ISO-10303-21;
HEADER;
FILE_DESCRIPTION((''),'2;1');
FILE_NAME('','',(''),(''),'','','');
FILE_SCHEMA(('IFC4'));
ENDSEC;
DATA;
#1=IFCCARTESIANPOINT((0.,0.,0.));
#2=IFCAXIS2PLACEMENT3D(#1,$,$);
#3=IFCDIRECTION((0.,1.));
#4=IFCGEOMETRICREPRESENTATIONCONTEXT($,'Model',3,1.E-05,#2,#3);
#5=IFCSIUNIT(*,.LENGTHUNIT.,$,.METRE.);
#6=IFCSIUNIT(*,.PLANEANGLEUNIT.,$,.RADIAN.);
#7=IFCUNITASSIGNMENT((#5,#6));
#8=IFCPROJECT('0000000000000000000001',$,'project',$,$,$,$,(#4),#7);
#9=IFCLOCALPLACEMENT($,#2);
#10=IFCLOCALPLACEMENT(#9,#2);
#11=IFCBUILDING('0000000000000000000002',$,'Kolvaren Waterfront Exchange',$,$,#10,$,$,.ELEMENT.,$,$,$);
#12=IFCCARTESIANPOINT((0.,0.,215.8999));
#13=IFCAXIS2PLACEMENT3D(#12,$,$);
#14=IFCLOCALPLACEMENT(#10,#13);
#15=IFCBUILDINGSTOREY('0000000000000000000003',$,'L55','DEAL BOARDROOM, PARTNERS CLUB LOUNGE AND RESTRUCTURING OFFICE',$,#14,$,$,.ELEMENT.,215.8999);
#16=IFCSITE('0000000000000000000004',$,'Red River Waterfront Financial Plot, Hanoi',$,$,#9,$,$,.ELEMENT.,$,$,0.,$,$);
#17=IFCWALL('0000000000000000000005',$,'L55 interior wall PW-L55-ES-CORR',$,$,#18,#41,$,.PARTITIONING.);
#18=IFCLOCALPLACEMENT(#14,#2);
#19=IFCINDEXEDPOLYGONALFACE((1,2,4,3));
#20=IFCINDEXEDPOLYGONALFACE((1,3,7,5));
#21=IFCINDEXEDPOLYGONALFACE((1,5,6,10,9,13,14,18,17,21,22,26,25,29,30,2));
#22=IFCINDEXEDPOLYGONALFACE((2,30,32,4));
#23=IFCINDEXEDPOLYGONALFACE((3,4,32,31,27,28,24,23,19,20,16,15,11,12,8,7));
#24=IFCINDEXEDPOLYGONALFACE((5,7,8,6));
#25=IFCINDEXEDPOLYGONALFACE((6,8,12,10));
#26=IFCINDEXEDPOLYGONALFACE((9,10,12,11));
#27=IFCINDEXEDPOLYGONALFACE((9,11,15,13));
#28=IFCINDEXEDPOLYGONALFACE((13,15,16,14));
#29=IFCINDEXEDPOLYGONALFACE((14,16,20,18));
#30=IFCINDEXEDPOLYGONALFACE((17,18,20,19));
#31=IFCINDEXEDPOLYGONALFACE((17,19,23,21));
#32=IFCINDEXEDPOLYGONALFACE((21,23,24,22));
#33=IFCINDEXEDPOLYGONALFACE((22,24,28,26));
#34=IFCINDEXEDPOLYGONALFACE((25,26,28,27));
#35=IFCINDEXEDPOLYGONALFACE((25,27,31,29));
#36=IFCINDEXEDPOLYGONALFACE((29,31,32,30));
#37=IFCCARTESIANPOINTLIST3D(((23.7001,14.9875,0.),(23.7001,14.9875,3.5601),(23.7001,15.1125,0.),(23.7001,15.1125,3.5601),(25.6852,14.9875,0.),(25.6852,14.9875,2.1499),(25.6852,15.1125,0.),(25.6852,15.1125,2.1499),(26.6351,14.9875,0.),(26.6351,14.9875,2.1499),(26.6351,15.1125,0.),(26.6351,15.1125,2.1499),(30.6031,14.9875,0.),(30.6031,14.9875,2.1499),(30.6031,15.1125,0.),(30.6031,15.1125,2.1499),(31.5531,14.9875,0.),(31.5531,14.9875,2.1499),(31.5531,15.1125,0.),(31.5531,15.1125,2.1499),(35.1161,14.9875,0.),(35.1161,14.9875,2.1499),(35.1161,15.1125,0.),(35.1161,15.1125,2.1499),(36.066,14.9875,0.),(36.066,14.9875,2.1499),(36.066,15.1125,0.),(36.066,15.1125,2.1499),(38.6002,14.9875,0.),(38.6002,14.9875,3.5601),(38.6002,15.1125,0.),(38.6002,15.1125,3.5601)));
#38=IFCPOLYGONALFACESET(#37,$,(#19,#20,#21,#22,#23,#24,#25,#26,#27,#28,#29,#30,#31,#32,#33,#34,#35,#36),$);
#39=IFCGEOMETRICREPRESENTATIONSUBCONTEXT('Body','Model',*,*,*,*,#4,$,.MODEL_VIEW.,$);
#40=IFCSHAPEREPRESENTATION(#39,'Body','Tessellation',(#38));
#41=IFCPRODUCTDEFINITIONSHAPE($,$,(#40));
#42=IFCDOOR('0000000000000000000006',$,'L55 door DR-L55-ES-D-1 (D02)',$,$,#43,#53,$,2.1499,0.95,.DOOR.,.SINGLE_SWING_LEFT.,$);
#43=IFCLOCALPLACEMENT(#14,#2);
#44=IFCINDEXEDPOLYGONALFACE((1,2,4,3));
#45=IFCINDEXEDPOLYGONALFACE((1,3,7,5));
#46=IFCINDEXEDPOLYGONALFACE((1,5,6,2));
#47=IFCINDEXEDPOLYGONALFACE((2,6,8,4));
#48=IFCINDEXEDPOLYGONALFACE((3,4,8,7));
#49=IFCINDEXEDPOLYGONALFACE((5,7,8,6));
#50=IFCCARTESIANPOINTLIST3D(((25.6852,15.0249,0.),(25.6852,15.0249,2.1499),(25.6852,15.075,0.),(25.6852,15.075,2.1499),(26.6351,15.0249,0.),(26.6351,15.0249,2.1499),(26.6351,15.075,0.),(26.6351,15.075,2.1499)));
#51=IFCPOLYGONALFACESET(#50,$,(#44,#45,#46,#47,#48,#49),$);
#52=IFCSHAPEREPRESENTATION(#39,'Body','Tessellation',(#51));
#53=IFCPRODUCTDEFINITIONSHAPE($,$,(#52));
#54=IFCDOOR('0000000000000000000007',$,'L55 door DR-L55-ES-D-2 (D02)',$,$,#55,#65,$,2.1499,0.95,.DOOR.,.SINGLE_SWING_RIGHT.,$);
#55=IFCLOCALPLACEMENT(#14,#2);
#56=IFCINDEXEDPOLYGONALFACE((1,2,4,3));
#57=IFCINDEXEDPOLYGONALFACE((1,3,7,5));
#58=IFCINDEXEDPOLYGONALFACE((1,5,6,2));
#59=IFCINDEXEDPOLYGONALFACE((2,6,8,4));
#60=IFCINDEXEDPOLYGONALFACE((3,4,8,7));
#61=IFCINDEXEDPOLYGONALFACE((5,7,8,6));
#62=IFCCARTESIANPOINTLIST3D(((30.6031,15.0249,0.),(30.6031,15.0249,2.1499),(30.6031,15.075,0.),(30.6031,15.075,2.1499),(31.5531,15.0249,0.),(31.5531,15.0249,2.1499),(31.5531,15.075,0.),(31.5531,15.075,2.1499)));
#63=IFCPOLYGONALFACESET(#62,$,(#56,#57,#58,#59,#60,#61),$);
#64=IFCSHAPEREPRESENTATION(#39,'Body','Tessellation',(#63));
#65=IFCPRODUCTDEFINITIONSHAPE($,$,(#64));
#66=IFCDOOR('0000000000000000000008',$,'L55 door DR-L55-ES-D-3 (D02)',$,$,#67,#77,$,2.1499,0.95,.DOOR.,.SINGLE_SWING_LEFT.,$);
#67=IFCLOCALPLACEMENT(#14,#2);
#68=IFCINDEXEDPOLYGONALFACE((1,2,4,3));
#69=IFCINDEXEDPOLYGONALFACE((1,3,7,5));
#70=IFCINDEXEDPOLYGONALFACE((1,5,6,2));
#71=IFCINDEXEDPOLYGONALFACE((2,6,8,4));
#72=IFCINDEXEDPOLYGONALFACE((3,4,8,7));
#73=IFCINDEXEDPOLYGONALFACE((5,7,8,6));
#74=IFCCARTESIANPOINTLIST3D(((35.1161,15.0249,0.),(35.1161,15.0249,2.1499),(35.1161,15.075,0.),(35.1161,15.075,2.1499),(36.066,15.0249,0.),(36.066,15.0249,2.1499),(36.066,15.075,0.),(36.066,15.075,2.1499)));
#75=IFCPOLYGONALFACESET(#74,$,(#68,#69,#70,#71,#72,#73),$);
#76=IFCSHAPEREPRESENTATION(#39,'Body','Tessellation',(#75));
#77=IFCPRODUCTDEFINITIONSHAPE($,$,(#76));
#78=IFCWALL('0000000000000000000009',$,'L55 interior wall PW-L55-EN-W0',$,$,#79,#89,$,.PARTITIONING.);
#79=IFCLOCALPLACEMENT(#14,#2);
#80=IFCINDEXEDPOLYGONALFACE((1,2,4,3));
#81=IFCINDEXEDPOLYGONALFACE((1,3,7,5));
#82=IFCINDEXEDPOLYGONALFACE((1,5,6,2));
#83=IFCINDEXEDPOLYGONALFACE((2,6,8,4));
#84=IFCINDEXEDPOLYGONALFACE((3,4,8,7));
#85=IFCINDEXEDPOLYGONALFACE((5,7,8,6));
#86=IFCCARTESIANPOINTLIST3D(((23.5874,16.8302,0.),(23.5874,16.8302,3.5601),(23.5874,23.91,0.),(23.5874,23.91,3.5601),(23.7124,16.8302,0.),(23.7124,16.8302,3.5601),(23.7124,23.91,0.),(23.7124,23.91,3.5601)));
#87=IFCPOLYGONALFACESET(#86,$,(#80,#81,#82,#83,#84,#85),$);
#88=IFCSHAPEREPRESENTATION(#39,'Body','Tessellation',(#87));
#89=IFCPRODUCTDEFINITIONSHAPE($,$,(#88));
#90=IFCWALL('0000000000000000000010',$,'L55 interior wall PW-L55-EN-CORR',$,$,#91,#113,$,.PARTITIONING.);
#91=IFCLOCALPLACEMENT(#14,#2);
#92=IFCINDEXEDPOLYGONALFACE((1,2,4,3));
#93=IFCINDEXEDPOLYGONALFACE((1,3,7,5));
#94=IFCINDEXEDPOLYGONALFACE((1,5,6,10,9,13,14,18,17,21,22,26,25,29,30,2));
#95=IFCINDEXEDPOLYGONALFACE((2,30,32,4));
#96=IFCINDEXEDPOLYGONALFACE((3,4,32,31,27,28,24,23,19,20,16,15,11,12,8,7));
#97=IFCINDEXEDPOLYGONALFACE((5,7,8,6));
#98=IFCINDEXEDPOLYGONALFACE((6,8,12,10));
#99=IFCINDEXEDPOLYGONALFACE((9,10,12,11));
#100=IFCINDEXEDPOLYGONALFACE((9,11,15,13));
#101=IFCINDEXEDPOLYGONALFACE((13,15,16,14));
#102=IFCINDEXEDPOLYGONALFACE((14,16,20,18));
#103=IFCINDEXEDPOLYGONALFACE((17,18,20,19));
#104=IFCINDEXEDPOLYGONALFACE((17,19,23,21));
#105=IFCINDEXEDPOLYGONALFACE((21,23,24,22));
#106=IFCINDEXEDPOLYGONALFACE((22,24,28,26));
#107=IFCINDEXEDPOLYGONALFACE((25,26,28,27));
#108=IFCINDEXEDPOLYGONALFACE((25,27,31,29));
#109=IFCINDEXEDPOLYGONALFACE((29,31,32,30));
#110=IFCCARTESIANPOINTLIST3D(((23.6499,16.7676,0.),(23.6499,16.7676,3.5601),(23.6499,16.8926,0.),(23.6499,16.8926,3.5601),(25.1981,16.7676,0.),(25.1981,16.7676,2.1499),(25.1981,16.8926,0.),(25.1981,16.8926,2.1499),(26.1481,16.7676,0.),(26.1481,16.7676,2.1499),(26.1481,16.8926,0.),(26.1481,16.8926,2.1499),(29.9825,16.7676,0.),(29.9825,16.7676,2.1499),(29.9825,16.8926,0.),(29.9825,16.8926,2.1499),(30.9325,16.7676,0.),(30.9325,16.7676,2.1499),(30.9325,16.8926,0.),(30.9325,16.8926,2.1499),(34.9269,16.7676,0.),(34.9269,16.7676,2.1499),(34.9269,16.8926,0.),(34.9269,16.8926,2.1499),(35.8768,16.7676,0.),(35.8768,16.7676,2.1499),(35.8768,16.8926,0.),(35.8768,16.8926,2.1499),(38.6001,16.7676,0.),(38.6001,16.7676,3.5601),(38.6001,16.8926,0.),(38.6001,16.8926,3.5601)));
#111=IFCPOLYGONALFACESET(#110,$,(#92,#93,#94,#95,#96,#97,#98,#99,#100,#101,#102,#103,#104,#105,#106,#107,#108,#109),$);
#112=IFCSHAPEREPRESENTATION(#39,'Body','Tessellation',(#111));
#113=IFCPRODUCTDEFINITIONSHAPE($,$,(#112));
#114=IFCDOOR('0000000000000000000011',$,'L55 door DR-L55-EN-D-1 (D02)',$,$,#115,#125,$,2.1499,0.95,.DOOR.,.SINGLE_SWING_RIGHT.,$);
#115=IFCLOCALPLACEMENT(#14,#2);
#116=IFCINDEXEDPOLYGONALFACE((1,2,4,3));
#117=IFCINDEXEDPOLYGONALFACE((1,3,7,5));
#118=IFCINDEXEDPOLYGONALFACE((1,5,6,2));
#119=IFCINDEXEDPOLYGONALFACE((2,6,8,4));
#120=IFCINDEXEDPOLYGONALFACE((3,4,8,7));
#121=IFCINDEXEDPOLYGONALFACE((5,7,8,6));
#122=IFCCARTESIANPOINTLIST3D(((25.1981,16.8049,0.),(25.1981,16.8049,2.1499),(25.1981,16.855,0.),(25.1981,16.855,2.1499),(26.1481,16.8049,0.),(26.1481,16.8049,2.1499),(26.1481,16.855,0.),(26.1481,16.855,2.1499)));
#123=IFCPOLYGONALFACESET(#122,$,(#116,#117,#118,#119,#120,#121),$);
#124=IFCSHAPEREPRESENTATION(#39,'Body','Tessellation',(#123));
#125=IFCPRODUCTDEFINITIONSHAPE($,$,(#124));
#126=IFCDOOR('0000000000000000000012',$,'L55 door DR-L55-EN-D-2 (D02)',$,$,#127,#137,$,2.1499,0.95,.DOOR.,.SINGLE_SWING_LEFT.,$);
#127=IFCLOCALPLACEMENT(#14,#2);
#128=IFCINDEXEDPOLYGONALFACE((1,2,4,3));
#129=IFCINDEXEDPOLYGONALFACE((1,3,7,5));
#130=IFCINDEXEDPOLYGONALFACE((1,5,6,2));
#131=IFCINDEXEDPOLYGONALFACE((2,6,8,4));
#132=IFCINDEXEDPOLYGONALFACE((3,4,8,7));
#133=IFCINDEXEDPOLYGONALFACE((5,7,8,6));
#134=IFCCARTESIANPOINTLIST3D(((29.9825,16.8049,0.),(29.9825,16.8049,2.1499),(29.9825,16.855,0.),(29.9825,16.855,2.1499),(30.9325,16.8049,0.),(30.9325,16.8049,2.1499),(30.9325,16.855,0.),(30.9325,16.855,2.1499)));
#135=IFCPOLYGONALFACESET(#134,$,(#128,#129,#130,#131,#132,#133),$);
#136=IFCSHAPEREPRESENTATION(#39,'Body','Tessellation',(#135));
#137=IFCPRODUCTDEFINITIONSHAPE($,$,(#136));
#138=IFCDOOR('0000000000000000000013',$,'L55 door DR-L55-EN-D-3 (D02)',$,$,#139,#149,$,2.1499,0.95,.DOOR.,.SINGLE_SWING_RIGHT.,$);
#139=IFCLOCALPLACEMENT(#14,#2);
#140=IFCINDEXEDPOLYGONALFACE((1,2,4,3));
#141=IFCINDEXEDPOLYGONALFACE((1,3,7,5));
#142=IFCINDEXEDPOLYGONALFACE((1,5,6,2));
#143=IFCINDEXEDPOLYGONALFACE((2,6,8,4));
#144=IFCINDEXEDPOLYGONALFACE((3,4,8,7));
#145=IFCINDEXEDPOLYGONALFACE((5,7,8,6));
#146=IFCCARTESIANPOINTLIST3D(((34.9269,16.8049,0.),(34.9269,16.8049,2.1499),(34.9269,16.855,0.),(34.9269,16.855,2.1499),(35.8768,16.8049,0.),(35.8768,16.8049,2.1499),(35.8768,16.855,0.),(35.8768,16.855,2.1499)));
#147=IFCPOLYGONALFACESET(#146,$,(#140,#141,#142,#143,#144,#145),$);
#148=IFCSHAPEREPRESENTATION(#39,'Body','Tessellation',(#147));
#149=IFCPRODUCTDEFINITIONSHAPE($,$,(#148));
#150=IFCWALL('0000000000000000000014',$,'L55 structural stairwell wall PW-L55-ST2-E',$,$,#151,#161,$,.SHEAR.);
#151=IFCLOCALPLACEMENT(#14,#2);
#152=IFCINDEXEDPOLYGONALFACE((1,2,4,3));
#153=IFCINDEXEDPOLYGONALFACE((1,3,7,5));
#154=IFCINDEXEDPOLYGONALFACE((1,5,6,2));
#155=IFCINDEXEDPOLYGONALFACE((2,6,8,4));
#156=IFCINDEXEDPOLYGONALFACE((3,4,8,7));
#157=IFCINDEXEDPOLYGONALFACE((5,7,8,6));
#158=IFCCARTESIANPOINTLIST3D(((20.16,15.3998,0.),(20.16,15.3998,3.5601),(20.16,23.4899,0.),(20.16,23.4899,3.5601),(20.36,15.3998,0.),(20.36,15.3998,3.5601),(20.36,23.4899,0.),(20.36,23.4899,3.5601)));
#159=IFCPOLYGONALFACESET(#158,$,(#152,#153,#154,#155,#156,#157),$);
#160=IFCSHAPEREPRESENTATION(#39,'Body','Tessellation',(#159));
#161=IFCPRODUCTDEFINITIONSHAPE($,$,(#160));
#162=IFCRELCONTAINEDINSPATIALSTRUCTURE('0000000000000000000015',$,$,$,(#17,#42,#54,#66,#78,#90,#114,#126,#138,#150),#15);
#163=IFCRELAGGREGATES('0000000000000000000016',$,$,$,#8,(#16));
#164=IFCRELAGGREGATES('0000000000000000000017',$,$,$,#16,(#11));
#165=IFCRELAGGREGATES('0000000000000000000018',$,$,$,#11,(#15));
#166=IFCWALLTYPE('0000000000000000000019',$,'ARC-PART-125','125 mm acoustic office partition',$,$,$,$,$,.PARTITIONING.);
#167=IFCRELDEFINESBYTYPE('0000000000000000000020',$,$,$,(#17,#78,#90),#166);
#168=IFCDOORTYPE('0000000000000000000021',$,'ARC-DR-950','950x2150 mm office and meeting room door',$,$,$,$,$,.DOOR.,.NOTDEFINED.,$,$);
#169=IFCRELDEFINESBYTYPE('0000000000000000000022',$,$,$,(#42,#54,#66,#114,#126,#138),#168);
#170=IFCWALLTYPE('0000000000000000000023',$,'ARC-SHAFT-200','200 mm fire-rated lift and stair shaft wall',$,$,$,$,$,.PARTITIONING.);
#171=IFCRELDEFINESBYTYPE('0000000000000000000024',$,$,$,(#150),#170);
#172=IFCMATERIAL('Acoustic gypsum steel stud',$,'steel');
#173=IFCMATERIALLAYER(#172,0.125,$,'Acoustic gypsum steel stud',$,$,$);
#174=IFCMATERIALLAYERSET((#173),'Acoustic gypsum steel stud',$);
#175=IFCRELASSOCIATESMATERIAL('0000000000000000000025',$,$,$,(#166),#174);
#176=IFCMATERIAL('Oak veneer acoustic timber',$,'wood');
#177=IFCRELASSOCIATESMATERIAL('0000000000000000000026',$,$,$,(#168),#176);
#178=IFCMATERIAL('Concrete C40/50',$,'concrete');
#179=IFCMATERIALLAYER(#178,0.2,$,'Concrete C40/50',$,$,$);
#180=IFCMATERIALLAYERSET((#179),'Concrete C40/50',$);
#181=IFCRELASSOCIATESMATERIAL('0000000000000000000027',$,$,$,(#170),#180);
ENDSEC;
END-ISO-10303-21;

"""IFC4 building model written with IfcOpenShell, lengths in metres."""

from ifc_helpers import new_model, si_unit, direction, frame, frame_2d, origin, place, context, subcontext, project, spatial, rectangle, extrude, material, layer, layer_set, type_object, element, fill, save


model = new_model("IFC4")

# Units and contexts
model_context = context("Model", 3, precision=1e-05, world=origin(), true_north=direction((0.0, 1.0)))
body_context = subcontext(model_context, "Body", "Model", "MODEL_VIEW")
ifc_project = project(units=[si_unit("LENGTHUNIT", "METRE"), si_unit("PLANEANGLEUNIT", "RADIAN")], contexts=[model_context])

# Site, building, storey
site_placement = place(None, origin())
site = spatial("IfcSite", under=ifc_project, at=site_placement, Name="Red River Waterfront Financial Plot, Hanoi", CompositionType="ELEMENT", RefElevation=0.0)
building_placement = place(site_placement, origin())
building = spatial("IfcBuilding", under=site, at=building_placement, Name="Kolvaren Waterfront Exchange", CompositionType="ELEMENT")
storey_placement = place(building_placement, frame((0.0, 0.0, 215.8999)))
storey = spatial("IfcBuildingStorey", under=building, at=storey_placement, Name="L55", Description="DEAL BOARDROOM, PARTNERS CLUB LOUNGE AND RESTRUCTURING OFFICE", CompositionType="ELEMENT", Elevation=215.8999)

# Wall, openings, doors
ifc_material_1 = material(Name="Acoustic gypsum steel stud", Category="steel")
ifc_layer_1 = layer(ifc_material_1, 0.125, Name="Acoustic gypsum steel stud")
ifc_layer_set_1 = layer_set([ifc_layer_1], Name="Acoustic gypsum steel stud")
wall_type_1 = type_object("IfcWallType", Name="ARC-PART-125", Description="125 mm acoustic office partition", PredefinedType="PARTITIONING", material=ifc_layer_set_1)
wall_1_placement = place(storey_placement, frame((23.7, 15.05, 0.0), z_axis=(0.0, 0.0, 1.0), x_axis=(1.0, 0.0, 0.0)))
wall_1 = element("IfcWall", 1, at=wall_1_placement, inside=storey, type_object=wall_type_1, Name="L55 interior wall PW-L55-ES-CORR", PredefinedType="PARTITIONING", context=body_context, shape_type="SweptSolid", body=[
    extrude(rectangle(XDim=14.9001, YDim=0.125, at=frame_2d((7.4502, 0.0))), origin(), (0.0, 0.0, 1.0), 3.5601),
])
opening_1_placement = place(wall_1_placement, frame((1.9851, 0.0, 0.0)))
opening_1 = element("IfcOpeningElement", 2, at=opening_1_placement, cuts=wall_1, PredefinedType="OPENING", context=body_context, shape_type="SweptSolid", body=[
    extrude(rectangle(XDim=0.95, YDim=2.1499, at=frame_2d((0.4751, 1.075))), frame((0.0, 0.0725, 0.0), z_axis=(0.0, -1.0, 0.0), x_axis=(1.0, 0.0, 0.0)), (0.0, 0.0, 1.0), 0.145),
])
opening_2_placement = place(wall_1_placement, frame((6.9031, 0.0, 0.0)))
opening_2 = element("IfcOpeningElement", 3, at=opening_2_placement, cuts=wall_1, PredefinedType="OPENING", context=body_context, shape_type="SweptSolid", body=[
    extrude(rectangle(XDim=0.95, YDim=2.1499, at=frame_2d((0.4751, 1.075))), frame((0.0, 0.0725, 0.0), z_axis=(0.0, -1.0, 0.0), x_axis=(1.0, 0.0, 0.0)), (0.0, 0.0, 1.0), 0.145),
])
opening_3_placement = place(wall_1_placement, frame((11.416, 0.0, 0.0)))
opening_3 = element("IfcOpeningElement", 4, at=opening_3_placement, cuts=wall_1, PredefinedType="OPENING", context=body_context, shape_type="SweptSolid", body=[
    extrude(rectangle(XDim=0.95, YDim=2.1499, at=frame_2d((0.4751, 1.075))), frame((0.0, 0.0725, 0.0), z_axis=(0.0, -1.0, 0.0), x_axis=(1.0, 0.0, 0.0)), (0.0, 0.0, 1.0), 0.145),
])
ifc_material_2 = material(Name="Oak veneer acoustic timber", Category="wood")
door_type = type_object("IfcDoorType", Name="ARC-DR-950", Description="950x2150 mm office and meeting room door", OperationType="NOTDEFINED", PredefinedType="DOOR", material=ifc_material_2)
door_1_placement = place(opening_1_placement, origin())
door_1 = element("IfcDoor", 5, at=door_1_placement, inside=storey, type_object=door_type, Name="L55 door DR-L55-ES-D-1 (D02)", OperationType="SINGLE_SWING_LEFT", OverallHeight=2.1499, OverallWidth=0.95, PredefinedType="DOOR", context=body_context, shape_type="SweptSolid", body=[
    extrude(rectangle(XDim=0.95, YDim=2.1499, at=frame_2d((0.4751, 1.075))), frame((0.0, 0.0249, 0.0), z_axis=(0.0, -1.0, 0.0), x_axis=(1.0, 0.0, 0.0)), (0.0, 0.0, 1.0), 0.05),
])
fill(opening_1, door_1)
door_2_placement = place(opening_2_placement, origin())
door_2 = element("IfcDoor", 6, at=door_2_placement, inside=storey, type_object=door_type, Name="L55 door DR-L55-ES-D-2 (D02)", OperationType="SINGLE_SWING_RIGHT", OverallHeight=2.1499, OverallWidth=0.95, PredefinedType="DOOR", context=body_context, shape_type="SweptSolid", body=[
    extrude(rectangle(XDim=0.95, YDim=2.1499, at=frame_2d((0.4751, 1.075))), frame((0.0, 0.0249, 0.0), z_axis=(0.0, -1.0, 0.0), x_axis=(1.0, 0.0, 0.0)), (0.0, 0.0, 1.0), 0.05),
])
fill(opening_2, door_2)
door_3_placement = place(opening_3_placement, origin())
door_3 = element("IfcDoor", 7, at=door_3_placement, inside=storey, type_object=door_type, Name="L55 door DR-L55-ES-D-3 (D02)", OperationType="SINGLE_SWING_LEFT", OverallHeight=2.1499, OverallWidth=0.95, PredefinedType="DOOR", context=body_context, shape_type="SweptSolid", body=[
    extrude(rectangle(XDim=0.95, YDim=2.1499, at=frame_2d((0.4751, 1.075))), frame((0.0, 0.0249, 0.0), z_axis=(0.0, -1.0, 0.0), x_axis=(1.0, 0.0, 0.0)), (0.0, 0.0, 1.0), 0.05),
])
fill(opening_3, door_3)

# Wall
wall_2_placement = place(storey_placement, frame((23.6499, 16.8301, 0.0), z_axis=(0.0, 0.0, 1.0), x_axis=(0.0, 1.0, 0.0)))
element("IfcWall", 8, at=wall_2_placement, inside=storey, type_object=wall_type_1, Name="L55 interior wall PW-L55-EN-W0", PredefinedType="PARTITIONING", context=body_context, shape_type="SweptSolid", body=[
    extrude(rectangle(XDim=7.0798, YDim=0.125, at=frame_2d((3.54, 0.0))), origin(), (0.0, 0.0, 1.0), 3.5601),
])

# Wall, openings, doors
wall_3_placement = place(storey_placement, frame((23.6499, 16.8301, 0.0), z_axis=(0.0, 0.0, 1.0), x_axis=(1.0, 0.0, 0.0)))
wall_3 = element("IfcWall", 9, at=wall_3_placement, inside=storey, type_object=wall_type_1, Name="L55 interior wall PW-L55-EN-CORR", PredefinedType="PARTITIONING", context=body_context, shape_type="SweptSolid", body=[
    extrude(rectangle(XDim=14.9502, YDim=0.125, at=frame_2d((7.4751, 0.0))), origin(), (0.0, 0.0, 1.0), 3.5601),
])
opening_4_placement = place(wall_3_placement, frame((1.5481, 0.0, 0.0)))
opening_4 = element("IfcOpeningElement", 10, at=opening_4_placement, cuts=wall_3, PredefinedType="OPENING", context=body_context, shape_type="SweptSolid", body=[
    extrude(rectangle(XDim=0.95, YDim=2.1499, at=frame_2d((0.4751, 1.075))), frame((0.0, 0.0725, 0.0), z_axis=(0.0, -1.0, 0.0), x_axis=(1.0, 0.0, 0.0)), (0.0, 0.0, 1.0), 0.145),
])
opening_5_placement = place(wall_3_placement, frame((6.3325, 0.0, 0.0)))
opening_5 = element("IfcOpeningElement", 11, at=opening_5_placement, cuts=wall_3, PredefinedType="OPENING", context=body_context, shape_type="SweptSolid", body=[
    extrude(rectangle(XDim=0.95, YDim=2.1499, at=frame_2d((0.4751, 1.075))), frame((0.0, 0.0725, 0.0), z_axis=(0.0, -1.0, 0.0), x_axis=(1.0, 0.0, 0.0)), (0.0, 0.0, 1.0), 0.145),
])
opening_6_placement = place(wall_3_placement, frame((11.2769, 0.0, 0.0)))
opening_6 = element("IfcOpeningElement", 12, at=opening_6_placement, cuts=wall_3, PredefinedType="OPENING", context=body_context, shape_type="SweptSolid", body=[
    extrude(rectangle(XDim=0.95, YDim=2.1499, at=frame_2d((0.4751, 1.075))), frame((0.0, 0.0725, 0.0), z_axis=(0.0, -1.0, 0.0), x_axis=(1.0, 0.0, 0.0)), (0.0, 0.0, 1.0), 0.145),
])
door_4_placement = place(opening_4_placement, origin())
door_4 = element("IfcDoor", 13, at=door_4_placement, inside=storey, type_object=door_type, Name="L55 door DR-L55-EN-D-1 (D02)", OperationType="SINGLE_SWING_RIGHT", OverallHeight=2.1499, OverallWidth=0.95, PredefinedType="DOOR", context=body_context, shape_type="SweptSolid", body=[
    extrude(rectangle(XDim=0.95, YDim=2.1499, at=frame_2d((0.4751, 1.075))), frame((0.0, 0.0249, 0.0), z_axis=(0.0, -1.0, 0.0), x_axis=(1.0, 0.0, 0.0)), (0.0, 0.0, 1.0), 0.05),
])
fill(opening_4, door_4)
door_5_placement = place(opening_5_placement, origin())
door_5 = element("IfcDoor", 14, at=door_5_placement, inside=storey, type_object=door_type, Name="L55 door DR-L55-EN-D-2 (D02)", OperationType="SINGLE_SWING_LEFT", OverallHeight=2.1499, OverallWidth=0.95, PredefinedType="DOOR", context=body_context, shape_type="SweptSolid", body=[
    extrude(rectangle(XDim=0.95, YDim=2.1499, at=frame_2d((0.4751, 1.075))), frame((0.0, 0.0249, 0.0), z_axis=(0.0, -1.0, 0.0), x_axis=(1.0, 0.0, 0.0)), (0.0, 0.0, 1.0), 0.05),
])
fill(opening_5, door_5)
door_6_placement = place(opening_6_placement, origin())
door_6 = element("IfcDoor", 15, at=door_6_placement, inside=storey, type_object=door_type, Name="L55 door DR-L55-EN-D-3 (D02)", OperationType="SINGLE_SWING_RIGHT", OverallHeight=2.1499, OverallWidth=0.95, PredefinedType="DOOR", context=body_context, shape_type="SweptSolid", body=[
    extrude(rectangle(XDim=0.95, YDim=2.1499, at=frame_2d((0.4751, 1.075))), frame((0.0, 0.0249, 0.0), z_axis=(0.0, -1.0, 0.0), x_axis=(1.0, 0.0, 0.0)), (0.0, 0.0, 1.0), 0.05),
])
fill(opening_6, door_6)

# Wall
ifc_material_3 = material(Name="Concrete C40/50", Category="concrete")
ifc_layer_2 = layer(ifc_material_3, 0.2, Name="Concrete C40/50")
ifc_layer_set_2 = layer_set([ifc_layer_2], Name="Concrete C40/50")
wall_type_2 = type_object("IfcWallType", Name="ARC-SHAFT-200", Description="200 mm fire-rated lift and stair shaft wall", PredefinedType="PARTITIONING", material=ifc_layer_set_2)
wall_4_placement = place(storey_placement, frame((20.26, 15.3999, 0.0), z_axis=(0.0, 0.0, 1.0), x_axis=(0.0, 1.0, 0.0)))
element("IfcWall", 16, at=wall_4_placement, inside=storey, type_object=wall_type_2, Name="L55 structural stairwell wall PW-L55-ST2-E", PredefinedType="SHEAR", context=body_context, shape_type="SweptSolid", body=[
    extrude(rectangle(XDim=8.0901, YDim=0.2, at=frame_2d((4.0449, 0.0))), origin(), (0.0, 0.0, 1.0), 3.5601),
])

save(model, "model.ifc")
